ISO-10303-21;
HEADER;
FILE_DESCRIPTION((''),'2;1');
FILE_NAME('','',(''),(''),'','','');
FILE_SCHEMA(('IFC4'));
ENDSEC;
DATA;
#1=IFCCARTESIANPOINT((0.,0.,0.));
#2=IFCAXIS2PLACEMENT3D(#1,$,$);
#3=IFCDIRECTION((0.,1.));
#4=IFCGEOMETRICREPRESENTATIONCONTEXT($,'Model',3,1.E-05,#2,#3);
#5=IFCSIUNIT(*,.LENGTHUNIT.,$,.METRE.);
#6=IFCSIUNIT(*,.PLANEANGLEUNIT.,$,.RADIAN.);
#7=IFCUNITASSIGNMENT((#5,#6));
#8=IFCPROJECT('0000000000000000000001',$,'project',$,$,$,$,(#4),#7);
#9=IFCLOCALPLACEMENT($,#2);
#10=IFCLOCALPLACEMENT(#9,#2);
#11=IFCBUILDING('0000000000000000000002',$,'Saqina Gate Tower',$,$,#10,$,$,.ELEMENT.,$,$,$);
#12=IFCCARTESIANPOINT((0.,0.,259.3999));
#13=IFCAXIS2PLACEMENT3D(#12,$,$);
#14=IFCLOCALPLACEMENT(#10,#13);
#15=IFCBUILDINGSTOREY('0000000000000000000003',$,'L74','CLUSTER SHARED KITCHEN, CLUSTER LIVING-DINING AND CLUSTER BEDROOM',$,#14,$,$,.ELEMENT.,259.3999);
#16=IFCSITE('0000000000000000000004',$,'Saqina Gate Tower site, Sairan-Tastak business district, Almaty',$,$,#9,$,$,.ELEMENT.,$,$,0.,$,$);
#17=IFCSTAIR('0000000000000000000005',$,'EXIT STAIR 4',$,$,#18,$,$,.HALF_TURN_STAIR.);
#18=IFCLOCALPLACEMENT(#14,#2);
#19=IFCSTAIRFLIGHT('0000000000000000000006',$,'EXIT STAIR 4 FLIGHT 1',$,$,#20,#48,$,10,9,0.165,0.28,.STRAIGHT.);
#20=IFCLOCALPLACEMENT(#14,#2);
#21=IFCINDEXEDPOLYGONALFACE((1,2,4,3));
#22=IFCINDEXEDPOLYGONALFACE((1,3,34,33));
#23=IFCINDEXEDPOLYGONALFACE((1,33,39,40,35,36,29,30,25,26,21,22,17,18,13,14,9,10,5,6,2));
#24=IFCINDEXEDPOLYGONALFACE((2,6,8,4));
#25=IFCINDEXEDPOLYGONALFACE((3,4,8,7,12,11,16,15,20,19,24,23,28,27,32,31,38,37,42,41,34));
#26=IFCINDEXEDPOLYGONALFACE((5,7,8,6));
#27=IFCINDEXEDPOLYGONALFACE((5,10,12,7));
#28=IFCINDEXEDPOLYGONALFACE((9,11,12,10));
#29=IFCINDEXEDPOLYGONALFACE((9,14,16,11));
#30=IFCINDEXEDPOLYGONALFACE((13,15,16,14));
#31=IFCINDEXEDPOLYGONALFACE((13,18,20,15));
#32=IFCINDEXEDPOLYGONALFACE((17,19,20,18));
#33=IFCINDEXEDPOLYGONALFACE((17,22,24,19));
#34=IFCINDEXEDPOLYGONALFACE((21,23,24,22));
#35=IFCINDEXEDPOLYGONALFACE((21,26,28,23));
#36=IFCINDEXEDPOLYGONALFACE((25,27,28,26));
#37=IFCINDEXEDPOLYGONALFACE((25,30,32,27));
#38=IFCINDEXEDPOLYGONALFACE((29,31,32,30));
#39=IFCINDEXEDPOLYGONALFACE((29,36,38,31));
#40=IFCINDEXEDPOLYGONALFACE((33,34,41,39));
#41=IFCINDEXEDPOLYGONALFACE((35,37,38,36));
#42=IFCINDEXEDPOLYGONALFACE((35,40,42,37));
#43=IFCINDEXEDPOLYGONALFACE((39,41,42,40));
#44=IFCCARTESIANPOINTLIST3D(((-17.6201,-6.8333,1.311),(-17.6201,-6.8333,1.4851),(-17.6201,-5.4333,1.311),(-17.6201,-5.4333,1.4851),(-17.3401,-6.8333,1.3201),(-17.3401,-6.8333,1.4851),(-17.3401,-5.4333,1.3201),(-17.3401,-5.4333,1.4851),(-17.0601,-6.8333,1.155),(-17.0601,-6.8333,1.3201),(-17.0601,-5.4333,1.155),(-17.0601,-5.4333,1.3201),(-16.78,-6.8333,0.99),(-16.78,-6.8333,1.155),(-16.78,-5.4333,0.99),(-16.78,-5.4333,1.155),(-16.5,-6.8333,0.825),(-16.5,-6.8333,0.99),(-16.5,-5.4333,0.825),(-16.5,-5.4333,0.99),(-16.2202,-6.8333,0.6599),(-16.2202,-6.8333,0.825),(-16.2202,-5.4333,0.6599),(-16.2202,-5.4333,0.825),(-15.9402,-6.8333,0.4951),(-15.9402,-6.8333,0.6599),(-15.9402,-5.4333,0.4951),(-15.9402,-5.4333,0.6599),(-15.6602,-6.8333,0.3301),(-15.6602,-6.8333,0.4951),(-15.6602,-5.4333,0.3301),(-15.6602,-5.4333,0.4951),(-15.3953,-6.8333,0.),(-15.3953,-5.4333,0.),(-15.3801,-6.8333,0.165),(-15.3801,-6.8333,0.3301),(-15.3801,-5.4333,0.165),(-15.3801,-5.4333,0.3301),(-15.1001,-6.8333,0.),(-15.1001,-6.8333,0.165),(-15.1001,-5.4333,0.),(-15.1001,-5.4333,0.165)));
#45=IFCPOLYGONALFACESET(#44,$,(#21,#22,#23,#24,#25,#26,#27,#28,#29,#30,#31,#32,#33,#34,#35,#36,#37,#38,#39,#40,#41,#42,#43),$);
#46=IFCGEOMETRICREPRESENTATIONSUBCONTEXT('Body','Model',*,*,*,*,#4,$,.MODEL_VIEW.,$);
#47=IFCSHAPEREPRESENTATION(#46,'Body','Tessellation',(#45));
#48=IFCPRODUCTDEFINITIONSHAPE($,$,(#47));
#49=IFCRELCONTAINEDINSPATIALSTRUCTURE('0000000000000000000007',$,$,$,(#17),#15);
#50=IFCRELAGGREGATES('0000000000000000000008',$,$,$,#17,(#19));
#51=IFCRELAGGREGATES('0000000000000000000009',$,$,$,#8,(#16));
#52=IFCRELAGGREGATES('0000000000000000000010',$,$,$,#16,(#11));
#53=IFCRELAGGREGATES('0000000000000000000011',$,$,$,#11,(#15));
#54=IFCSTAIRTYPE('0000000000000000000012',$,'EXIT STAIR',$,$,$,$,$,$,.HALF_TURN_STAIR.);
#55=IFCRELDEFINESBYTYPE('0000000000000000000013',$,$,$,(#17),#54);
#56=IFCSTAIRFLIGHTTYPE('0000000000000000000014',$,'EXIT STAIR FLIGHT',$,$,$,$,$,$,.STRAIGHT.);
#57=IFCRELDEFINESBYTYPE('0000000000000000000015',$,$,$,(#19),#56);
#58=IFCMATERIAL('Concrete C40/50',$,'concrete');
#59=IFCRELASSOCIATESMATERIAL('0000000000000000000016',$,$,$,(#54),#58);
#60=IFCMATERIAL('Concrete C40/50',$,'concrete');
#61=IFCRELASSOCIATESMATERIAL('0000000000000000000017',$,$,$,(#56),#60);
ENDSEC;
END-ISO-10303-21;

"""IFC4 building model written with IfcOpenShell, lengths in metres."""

from ifc_helpers import new_model, si_unit, direction, frame, origin, place, context, subcontext, project, spatial, polyline, outline, extrude, material, type_object, element, aggregate, save


model = new_model("IFC4")

# Units and contexts
model_context = context("Model", 3, precision=1e-05, world=origin(), true_north=direction((0.0, 1.0)))
body_context = subcontext(model_context, "Body", "Model", "MODEL_VIEW")
ifc_project = project(units=[si_unit("LENGTHUNIT", "METRE"), si_unit("PLANEANGLEUNIT", "RADIAN")], contexts=[model_context])

# Site, building, storey
site_placement = place(None, origin())
site = spatial("IfcSite", under=ifc_project, at=site_placement, Name="Saqina Gate Tower site, Sairan-Tastak business district, Almaty", CompositionType="ELEMENT", RefElevation=0.0)
building_placement = place(site_placement, origin())
building = spatial("IfcBuilding", under=site, at=building_placement, Name="Saqina Gate Tower", CompositionType="ELEMENT")
storey_placement = place(building_placement, frame((0.0, 0.0, 259.3999)))
storey = spatial("IfcBuildingStorey", under=building, at=storey_placement, Name="L74", Description="CLUSTER SHARED KITCHEN, CLUSTER LIVING-DINING AND CLUSTER BEDROOM", CompositionType="ELEMENT", Elevation=259.3999)

# Shared definitions
ifc_material_1 = material(Name="Concrete C40/50", Category="concrete")
stair_type = type_object("IfcStairType", Name="EXIT STAIR", PredefinedType="HALF_TURN_STAIR", material=ifc_material_1)
ifc_material_2 = material(Name="Concrete C40/50", Category="concrete")
stair_flight_type = type_object("IfcStairFlightType", Name="EXIT STAIR FLIGHT", PredefinedType="STRAIGHT", material=ifc_material_2)

# Stair, stair flight
stair_1_placement = place(storey_placement, origin())
stair_1 = element("IfcStair", 1, at=stair_1_placement, inside=storey, type_object=stair_type, Name="EXIT STAIR 4", PredefinedType="HALF_TURN_STAIR")
stair_flight_1_placement = place(storey_placement, frame((-15.1001, -6.1333, 0.0), z_axis=(0.0, 0.0, 1.0), x_axis=(-1.0, 0.0, 0.0)))
stair_flight_1 = element("IfcStairFlight", 2, at=stair_flight_1_placement, type_object=stair_flight_type, Name="EXIT STAIR 4 FLIGHT 1", NumberOfRisers=10, NumberOfTreads=9, PredefinedType="STRAIGHT", RiserHeight=0.165, TreadLength=0.28, context=body_context, shape_type="SweptSolid", body=[
    extrude(outline(polyline([(0.0, 0.0), (0.0, 0.165), (0.28, 0.165), (0.28, 0.3301), (0.5601, 0.3301), (0.5601, 0.4951), (0.8401, 0.4951), (0.8401, 0.6599), (1.1201, 0.6599), (1.1201, 0.825), (1.3999, 0.825), (1.3999, 0.99), (1.6799, 0.99), (1.6799, 1.155), (1.96, 1.155), (1.96, 1.3201), (2.24, 1.3201), (2.24, 1.4851), (2.52, 1.4851), (2.52, 1.6499), (2.52, 1.311), (0.2952, 0.0), (0.0, 0.0)])), frame((0.0, 0.7, 0.0), z_axis=(0.0, -1.0, 0.0), x_axis=(1.0, 0.0, 0.0)), (0.0, 0.0, 1.0), 1.3999),
])
aggregate(stair_1, [stair_flight_1])

save(model, "model.ifc")
